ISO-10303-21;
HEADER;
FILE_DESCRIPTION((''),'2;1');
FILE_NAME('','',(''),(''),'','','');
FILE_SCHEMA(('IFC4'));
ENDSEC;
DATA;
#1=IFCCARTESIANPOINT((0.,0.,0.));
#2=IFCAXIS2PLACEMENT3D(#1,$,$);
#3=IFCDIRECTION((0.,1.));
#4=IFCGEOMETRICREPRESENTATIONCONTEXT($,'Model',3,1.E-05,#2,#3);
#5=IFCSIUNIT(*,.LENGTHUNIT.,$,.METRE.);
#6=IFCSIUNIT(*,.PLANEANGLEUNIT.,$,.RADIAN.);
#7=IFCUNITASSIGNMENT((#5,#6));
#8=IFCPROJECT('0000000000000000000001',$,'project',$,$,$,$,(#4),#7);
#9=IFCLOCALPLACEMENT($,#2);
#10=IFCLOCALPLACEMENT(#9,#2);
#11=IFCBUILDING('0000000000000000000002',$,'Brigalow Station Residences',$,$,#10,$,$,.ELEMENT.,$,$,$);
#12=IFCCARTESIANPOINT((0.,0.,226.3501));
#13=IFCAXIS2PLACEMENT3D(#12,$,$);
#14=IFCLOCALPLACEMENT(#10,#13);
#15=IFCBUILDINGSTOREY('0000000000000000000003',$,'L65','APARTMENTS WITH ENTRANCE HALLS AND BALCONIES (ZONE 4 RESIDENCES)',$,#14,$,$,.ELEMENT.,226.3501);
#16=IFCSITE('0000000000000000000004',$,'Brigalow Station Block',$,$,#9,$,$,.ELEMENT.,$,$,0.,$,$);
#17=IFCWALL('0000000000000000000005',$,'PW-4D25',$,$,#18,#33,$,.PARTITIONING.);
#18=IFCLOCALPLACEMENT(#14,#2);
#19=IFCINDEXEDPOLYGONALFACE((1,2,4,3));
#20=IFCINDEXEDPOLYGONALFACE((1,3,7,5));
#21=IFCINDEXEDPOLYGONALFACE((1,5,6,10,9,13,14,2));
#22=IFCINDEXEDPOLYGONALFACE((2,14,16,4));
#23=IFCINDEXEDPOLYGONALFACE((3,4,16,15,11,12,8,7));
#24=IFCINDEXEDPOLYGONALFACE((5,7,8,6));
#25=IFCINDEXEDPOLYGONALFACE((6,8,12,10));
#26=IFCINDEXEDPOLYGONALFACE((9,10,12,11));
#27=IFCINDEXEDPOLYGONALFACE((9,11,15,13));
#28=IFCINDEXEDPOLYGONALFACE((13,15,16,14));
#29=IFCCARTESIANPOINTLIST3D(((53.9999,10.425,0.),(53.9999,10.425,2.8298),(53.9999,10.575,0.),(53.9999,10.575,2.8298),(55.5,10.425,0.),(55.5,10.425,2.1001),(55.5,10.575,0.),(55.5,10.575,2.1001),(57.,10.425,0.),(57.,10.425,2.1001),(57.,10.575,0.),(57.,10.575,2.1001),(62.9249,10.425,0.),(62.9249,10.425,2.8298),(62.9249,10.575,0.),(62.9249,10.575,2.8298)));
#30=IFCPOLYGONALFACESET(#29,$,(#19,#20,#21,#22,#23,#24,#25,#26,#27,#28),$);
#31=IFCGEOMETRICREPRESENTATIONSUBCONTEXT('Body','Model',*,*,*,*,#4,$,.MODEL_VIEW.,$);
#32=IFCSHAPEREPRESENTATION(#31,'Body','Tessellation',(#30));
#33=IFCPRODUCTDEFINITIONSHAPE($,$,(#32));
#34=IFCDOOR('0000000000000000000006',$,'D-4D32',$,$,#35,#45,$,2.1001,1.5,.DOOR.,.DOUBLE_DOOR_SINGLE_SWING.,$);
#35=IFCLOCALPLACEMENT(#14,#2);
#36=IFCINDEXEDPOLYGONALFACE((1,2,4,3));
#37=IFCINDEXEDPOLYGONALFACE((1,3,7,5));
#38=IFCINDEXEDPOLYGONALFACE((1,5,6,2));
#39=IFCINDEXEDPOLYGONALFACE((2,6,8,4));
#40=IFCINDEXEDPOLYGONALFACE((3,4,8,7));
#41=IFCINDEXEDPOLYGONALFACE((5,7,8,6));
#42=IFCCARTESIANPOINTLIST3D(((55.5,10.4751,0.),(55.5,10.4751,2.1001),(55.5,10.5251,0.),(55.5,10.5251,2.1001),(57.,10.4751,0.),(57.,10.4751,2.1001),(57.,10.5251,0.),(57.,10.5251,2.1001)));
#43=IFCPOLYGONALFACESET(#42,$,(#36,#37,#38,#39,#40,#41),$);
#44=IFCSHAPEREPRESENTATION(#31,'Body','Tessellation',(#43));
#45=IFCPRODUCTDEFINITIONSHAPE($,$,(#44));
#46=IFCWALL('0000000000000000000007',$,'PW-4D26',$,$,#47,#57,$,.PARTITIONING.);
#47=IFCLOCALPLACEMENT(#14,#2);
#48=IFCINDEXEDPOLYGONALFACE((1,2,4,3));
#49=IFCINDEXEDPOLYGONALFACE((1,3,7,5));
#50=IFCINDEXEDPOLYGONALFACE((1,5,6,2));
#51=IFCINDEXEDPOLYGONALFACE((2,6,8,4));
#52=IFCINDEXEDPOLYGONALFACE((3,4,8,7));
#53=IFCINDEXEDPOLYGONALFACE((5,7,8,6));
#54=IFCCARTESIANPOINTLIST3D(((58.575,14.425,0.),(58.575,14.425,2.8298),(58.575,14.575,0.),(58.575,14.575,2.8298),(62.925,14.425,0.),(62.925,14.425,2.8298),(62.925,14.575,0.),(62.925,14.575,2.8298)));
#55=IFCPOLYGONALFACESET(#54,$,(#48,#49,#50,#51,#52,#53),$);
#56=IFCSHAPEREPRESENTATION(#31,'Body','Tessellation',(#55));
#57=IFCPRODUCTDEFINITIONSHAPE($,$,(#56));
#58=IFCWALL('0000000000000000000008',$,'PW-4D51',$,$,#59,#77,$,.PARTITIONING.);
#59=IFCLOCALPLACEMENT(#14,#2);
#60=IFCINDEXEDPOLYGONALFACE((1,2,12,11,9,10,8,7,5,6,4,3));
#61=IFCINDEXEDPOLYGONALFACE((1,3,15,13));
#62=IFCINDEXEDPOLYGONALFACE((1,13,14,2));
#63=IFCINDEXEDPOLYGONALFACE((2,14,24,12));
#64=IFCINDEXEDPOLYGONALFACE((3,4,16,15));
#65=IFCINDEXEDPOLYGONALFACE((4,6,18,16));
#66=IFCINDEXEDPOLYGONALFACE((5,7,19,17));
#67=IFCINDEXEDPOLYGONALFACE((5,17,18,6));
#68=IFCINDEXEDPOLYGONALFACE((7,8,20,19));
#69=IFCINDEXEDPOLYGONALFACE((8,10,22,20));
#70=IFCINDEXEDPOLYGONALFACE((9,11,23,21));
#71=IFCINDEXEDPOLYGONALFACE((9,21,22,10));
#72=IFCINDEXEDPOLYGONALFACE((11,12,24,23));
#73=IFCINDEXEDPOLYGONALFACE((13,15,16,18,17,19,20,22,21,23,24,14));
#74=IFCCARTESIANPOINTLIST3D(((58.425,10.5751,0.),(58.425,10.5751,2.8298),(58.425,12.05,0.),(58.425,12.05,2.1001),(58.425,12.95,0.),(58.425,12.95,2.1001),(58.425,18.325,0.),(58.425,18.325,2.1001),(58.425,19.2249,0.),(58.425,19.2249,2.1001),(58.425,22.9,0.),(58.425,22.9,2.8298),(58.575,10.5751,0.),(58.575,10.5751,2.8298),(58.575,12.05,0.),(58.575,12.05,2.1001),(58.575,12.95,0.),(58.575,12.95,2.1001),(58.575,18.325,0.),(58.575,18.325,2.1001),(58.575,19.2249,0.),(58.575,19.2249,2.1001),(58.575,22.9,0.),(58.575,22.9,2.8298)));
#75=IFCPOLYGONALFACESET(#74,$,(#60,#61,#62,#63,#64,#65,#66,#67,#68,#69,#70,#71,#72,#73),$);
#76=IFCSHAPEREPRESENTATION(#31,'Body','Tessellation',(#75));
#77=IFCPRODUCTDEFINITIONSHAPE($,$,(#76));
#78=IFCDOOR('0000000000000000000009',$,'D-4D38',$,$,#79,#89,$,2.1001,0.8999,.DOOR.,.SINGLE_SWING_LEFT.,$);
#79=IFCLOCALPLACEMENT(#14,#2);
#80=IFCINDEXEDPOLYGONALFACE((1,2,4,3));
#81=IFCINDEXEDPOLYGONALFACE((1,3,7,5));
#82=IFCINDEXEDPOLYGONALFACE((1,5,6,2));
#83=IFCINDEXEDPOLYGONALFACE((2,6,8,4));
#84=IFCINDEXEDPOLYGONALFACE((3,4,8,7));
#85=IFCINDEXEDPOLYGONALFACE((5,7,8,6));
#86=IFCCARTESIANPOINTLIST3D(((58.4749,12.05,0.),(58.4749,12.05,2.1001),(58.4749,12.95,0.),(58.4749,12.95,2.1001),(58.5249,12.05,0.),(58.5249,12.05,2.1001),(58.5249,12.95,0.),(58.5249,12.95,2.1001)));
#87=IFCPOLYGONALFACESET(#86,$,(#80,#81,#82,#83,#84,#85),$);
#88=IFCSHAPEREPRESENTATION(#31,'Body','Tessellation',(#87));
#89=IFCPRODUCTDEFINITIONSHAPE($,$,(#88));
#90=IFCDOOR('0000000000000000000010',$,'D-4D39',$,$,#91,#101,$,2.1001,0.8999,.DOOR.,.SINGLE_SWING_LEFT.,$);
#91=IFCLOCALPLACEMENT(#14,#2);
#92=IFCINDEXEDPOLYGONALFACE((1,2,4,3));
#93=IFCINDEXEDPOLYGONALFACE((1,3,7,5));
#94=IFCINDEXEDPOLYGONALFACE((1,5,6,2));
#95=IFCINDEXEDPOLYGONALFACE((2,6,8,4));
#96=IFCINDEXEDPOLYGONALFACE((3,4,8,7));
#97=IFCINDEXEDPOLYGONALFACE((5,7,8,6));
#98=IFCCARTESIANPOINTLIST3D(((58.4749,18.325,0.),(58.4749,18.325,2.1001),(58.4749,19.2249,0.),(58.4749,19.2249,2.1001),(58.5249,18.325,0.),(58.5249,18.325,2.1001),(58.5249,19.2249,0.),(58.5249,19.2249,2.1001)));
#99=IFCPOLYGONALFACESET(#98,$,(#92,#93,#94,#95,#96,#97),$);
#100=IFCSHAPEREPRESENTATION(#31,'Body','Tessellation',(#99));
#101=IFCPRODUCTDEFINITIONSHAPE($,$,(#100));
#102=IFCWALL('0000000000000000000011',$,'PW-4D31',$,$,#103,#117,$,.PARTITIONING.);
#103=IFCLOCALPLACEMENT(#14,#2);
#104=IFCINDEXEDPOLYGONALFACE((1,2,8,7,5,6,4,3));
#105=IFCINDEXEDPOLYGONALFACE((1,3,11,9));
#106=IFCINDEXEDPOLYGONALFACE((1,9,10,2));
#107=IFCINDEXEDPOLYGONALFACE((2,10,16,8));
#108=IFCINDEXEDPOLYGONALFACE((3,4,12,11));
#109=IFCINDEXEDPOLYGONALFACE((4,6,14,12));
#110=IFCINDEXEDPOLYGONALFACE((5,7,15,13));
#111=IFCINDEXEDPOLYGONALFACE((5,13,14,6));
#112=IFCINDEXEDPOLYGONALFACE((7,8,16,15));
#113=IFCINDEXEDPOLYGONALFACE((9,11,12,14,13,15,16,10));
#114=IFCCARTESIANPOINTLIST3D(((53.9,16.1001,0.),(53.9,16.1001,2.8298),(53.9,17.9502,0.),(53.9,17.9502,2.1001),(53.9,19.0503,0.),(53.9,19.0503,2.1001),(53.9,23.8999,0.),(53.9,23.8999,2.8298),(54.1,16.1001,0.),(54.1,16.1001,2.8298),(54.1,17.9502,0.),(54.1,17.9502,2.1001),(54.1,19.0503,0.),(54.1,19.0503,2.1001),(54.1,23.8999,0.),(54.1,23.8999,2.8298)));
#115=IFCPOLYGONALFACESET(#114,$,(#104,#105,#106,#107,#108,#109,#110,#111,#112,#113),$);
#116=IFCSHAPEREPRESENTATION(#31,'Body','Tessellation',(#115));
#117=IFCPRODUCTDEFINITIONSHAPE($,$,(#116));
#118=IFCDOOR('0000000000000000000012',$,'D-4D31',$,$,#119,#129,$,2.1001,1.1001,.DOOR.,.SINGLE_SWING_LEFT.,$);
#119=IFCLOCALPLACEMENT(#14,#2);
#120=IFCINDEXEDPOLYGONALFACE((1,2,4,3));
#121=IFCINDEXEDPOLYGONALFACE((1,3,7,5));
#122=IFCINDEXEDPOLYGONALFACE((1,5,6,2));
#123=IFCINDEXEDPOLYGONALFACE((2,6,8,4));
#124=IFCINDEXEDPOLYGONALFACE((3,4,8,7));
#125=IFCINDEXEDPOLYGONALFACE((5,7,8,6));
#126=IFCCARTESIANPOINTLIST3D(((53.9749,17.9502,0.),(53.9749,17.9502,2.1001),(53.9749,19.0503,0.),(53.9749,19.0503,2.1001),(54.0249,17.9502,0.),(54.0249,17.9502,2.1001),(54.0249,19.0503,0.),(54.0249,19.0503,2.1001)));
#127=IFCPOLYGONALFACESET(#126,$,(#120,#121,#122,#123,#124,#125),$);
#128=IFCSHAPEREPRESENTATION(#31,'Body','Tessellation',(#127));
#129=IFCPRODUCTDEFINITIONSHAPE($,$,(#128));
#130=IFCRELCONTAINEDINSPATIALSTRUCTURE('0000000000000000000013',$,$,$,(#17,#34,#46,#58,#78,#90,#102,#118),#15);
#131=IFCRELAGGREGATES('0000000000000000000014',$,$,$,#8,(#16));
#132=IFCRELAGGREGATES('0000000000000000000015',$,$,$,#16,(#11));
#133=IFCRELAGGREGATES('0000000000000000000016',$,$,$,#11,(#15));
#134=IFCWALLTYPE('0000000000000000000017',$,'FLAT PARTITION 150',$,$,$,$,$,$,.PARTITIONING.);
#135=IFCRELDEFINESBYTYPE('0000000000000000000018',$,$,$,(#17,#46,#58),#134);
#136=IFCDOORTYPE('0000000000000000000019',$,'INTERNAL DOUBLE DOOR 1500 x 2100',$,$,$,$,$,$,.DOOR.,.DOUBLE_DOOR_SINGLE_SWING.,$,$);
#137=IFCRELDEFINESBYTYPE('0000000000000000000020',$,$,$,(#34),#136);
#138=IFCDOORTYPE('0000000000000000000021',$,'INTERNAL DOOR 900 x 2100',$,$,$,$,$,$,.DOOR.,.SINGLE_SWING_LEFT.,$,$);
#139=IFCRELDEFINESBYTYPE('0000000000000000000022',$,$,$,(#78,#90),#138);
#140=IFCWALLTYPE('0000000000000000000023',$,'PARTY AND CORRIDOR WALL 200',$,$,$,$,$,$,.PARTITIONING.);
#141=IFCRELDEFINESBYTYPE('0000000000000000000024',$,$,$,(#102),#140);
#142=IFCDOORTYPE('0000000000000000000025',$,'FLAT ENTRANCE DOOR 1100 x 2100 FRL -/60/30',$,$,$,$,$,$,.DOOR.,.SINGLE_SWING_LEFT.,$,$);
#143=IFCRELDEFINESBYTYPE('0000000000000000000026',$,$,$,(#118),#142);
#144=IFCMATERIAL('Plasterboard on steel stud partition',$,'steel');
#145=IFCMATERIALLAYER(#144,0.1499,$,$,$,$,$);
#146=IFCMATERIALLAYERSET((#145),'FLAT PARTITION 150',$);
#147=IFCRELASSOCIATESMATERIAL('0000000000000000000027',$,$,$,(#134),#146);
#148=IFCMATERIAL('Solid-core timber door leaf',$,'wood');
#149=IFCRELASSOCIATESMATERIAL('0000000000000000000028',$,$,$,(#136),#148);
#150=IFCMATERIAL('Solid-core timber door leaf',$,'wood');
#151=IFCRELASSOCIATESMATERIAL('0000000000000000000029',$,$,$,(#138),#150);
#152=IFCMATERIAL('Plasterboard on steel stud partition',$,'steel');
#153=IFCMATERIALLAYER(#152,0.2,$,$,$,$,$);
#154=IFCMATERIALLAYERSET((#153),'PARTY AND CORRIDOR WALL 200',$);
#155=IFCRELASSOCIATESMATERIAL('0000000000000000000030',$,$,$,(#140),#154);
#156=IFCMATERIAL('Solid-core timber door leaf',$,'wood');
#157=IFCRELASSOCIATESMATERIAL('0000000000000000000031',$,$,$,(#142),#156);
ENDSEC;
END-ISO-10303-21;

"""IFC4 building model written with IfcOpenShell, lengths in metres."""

from ifc_helpers import new_model, si_unit, direction, frame, frame_2d, origin, place, context, subcontext, project, spatial, rectangle, extrude, material, layer, layer_set, type_object, element, fill, save


model = new_model("IFC4")

# Units and contexts
model_context = context("Model", 3, precision=1e-05, world=origin(), true_north=direction((0.0, 1.0)))
body_context = subcontext(model_context, "Body", "Model", "MODEL_VIEW")
ifc_project = project(units=[si_unit("LENGTHUNIT", "METRE"), si_unit("PLANEANGLEUNIT", "RADIAN")], contexts=[model_context])

# Site, building, storey
site_placement = place(None, origin())
site = spatial("IfcSite", under=ifc_project, at=site_placement, Name="Brigalow Station Block", CompositionType="ELEMENT", RefElevation=0.0)
building_placement = place(site_placement, origin())
building = spatial("IfcBuilding", under=site, at=building_placement, Name="Brigalow Station Residences", CompositionType="ELEMENT")
storey_placement = place(building_placement, frame((0.0, 0.0, 226.3501)))
storey = spatial("IfcBuildingStorey", under=building, at=storey_placement, Name="L65", Description="APARTMENTS WITH ENTRANCE HALLS AND BALCONIES (ZONE 4 RESIDENCES)", CompositionType="ELEMENT", Elevation=226.3501)

# Shared definitions
ifc_material_1 = material(Name="Plasterboard on steel stud partition", Category="steel")
ifc_layer_1 = layer(ifc_material_1, 0.1499)
ifc_layer_set_1 = layer_set([ifc_layer_1], Name="FLAT PARTITION 150")
wall_type_1 = type_object("IfcWallType", Name="FLAT PARTITION 150", PredefinedType="PARTITIONING", material=ifc_layer_set_1)

# Wall, opening, door
wall_1_placement = place(storey_placement, frame((54.0, 10.5, 0.0), z_axis=(0.0, 0.0, 1.0), x_axis=(1.0, 0.0, 0.0)))
wall_1 = element("IfcWall", 1, at=wall_1_placement, inside=storey, type_object=wall_type_1, Name="PW-4D25", PredefinedType="PARTITIONING", context=body_context, shape_type="SweptSolid", body=[
    extrude(rectangle(XDim=8.925, YDim=0.1499, at=frame_2d((4.4624, 0.0))), origin(), (0.0, 0.0, 1.0), 2.8298),
])
opening_1_placement = place(wall_1_placement, frame((1.5, 0.0, 0.0)))
opening_1 = element("IfcOpeningElement", 2, at=opening_1_placement, cuts=wall_1, PredefinedType="OPENING", context=body_context, shape_type="SweptSolid", body=[
    extrude(rectangle(XDim=1.5, YDim=2.1001, at=frame_2d((0.75, 1.05))), frame((0.0, 0.085, 0.0), z_axis=(0.0, -1.0, 0.0), x_axis=(1.0, 0.0, 0.0)), (0.0, 0.0, 1.0), 0.1699),
])
ifc_material_2 = material(Name="Solid-core timber door leaf", Category="wood")
door_type_1 = type_object("IfcDoorType", Name="INTERNAL DOUBLE DOOR 1500 x 2100", OperationType="DOUBLE_DOOR_SINGLE_SWING", PredefinedType="DOOR", material=ifc_material_2)
door_1_placement = place(opening_1_placement, frame((1.5, 0.0, 0.0), z_axis=(0.0, 0.0, 1.0), x_axis=(-1.0, 0.0, 0.0)))
door_1 = element("IfcDoor", 3, at=door_1_placement, inside=storey, type_object=door_type_1, Name="D-4D32", OperationType="DOUBLE_DOOR_SINGLE_SWING", OverallHeight=2.1001, OverallWidth=1.5, PredefinedType="DOOR", context=body_context, shape_type="SweptSolid", body=[
    extrude(rectangle(XDim=1.5, YDim=2.1001, at=frame_2d((0.75, 1.05))), frame((0.0, 0.0249, 0.0), z_axis=(0.0, -1.0, 0.0), x_axis=(1.0, 0.0, 0.0)), (0.0, 0.0, 1.0), 0.05),
])
fill(opening_1, door_1)

# Wall
wall_2_placement = place(storey_placement, frame((58.575, 14.5, 0.0), z_axis=(0.0, 0.0, 1.0), x_axis=(1.0, 0.0, 0.0)))
element("IfcWall", 4, at=wall_2_placement, inside=storey, type_object=wall_type_1, Name="PW-4D26", PredefinedType="PARTITIONING", context=body_context, shape_type="SweptSolid", body=[
    extrude(rectangle(XDim=4.3501, YDim=0.1499, at=frame_2d((2.175, 0.0))), origin(), (0.0, 0.0, 1.0), 2.8298),
])

# Wall, openings, doors
wall_3_placement = place(storey_placement, frame((58.5, 10.575, 0.0), z_axis=(0.0, 0.0, 1.0), x_axis=(0.0, 1.0, 0.0)))
wall_3 = element("IfcWall", 5, at=wall_3_placement, inside=storey, type_object=wall_type_1, Name="PW-4D51", PredefinedType="PARTITIONING", context=body_context, shape_type="SweptSolid", body=[
    extrude(rectangle(XDim=12.325, YDim=0.1499, at=frame_2d((6.1626, 0.0))), origin(), (0.0, 0.0, 1.0), 2.8298),
])
opening_2_placement = place(wall_3_placement, frame((1.4751, 0.0, 0.0)))
opening_2 = element("IfcOpeningElement", 6, at=opening_2_placement, cuts=wall_3, PredefinedType="OPENING", context=body_context, shape_type="SweptSolid", body=[
    extrude(rectangle(XDim=0.8999, YDim=2.1001, at=frame_2d((0.45, 1.05))), frame((0.0, 0.085, 0.0), z_axis=(0.0, -1.0, 0.0), x_axis=(1.0, 0.0, 0.0)), (0.0, 0.0, 1.0), 0.1699),
])
opening_3_placement = place(wall_3_placement, frame((7.75, 0.0, 0.0)))
opening_3 = element("IfcOpeningElement", 7, at=opening_3_placement, cuts=wall_3, PredefinedType="OPENING", context=body_context, shape_type="SweptSolid", body=[
    extrude(rectangle(XDim=0.8999, YDim=2.1001, at=frame_2d((0.45, 1.05))), frame((0.0, 0.085, 0.0), z_axis=(0.0, -1.0, 0.0), x_axis=(1.0, 0.0, 0.0)), (0.0, 0.0, 1.0), 0.1699),
])
ifc_material_3 = material(Name="Solid-core timber door leaf", Category="wood")
door_type_2 = type_object("IfcDoorType", Name="INTERNAL DOOR 900 x 2100", OperationType="SINGLE_SWING_LEFT", PredefinedType="DOOR", material=ifc_material_3)
door_2_placement = place(opening_2_placement, frame((0.8999, 0.0, 0.0), z_axis=(0.0, 0.0, 1.0), x_axis=(-1.0, 0.0, 0.0)))
door_2 = element("IfcDoor", 8, at=door_2_placement, inside=storey, type_object=door_type_2, Name="D-4D38", OperationType="SINGLE_SWING_LEFT", OverallHeight=2.1001, OverallWidth=0.8999, PredefinedType="DOOR", context=body_context, shape_type="SweptSolid", body=[
    extrude(rectangle(XDim=0.8999, YDim=2.1001, at=frame_2d((0.45, 1.05))), frame((0.0, 0.0249, 0.0), z_axis=(0.0, -1.0, 0.0), x_axis=(1.0, 0.0, 0.0)), (0.0, 0.0, 1.0), 0.05),
])
fill(opening_2, door_2)
door_3_placement = place(opening_3_placement, frame((0.8999, 0.0, 0.0), z_axis=(0.0, 0.0, 1.0), x_axis=(-1.0, 0.0, 0.0)))
door_3 = element("IfcDoor", 9, at=door_3_placement, inside=storey, type_object=door_type_2, Name="D-4D39", OperationType="SINGLE_SWING_LEFT", OverallHeight=2.1001, OverallWidth=0.8999, PredefinedType="DOOR", context=body_context, shape_type="SweptSolid", body=[
    extrude(rectangle(XDim=0.8999, YDim=2.1001, at=frame_2d((0.45, 1.05))), frame((0.0, 0.0249, 0.0), z_axis=(0.0, -1.0, 0.0), x_axis=(1.0, 0.0, 0.0)), (0.0, 0.0, 1.0), 0.05),
])
fill(opening_3, door_3)

# Wall, opening, door
ifc_material_4 = material(Name="Plasterboard on steel stud partition", Category="steel")
ifc_layer_2 = layer(ifc_material_4, 0.2)
ifc_layer_set_2 = layer_set([ifc_layer_2], Name="PARTY AND CORRIDOR WALL 200")
wall_type_2 = type_object("IfcWallType", Name="PARTY AND CORRIDOR WALL 200", PredefinedType="PARTITIONING", material=ifc_layer_set_2)
wall_4_placement = place(storey_placement, frame((54.0, 16.1001, 0.0), z_axis=(0.0, 0.0, 1.0), x_axis=(0.0, 1.0, 0.0)))
wall_4 = element("IfcWall", 10, at=wall_4_placement, inside=storey, type_object=wall_type_2, Name="PW-4D31", PredefinedType="PARTITIONING", context=body_context, shape_type="SweptSolid", body=[
    extrude(rectangle(XDim=7.7998, YDim=0.2, at=frame_2d((3.8999, 0.0))), origin(), (0.0, 0.0, 1.0), 2.8298),
])
opening_4_placement = place(wall_4_placement, frame((1.8501, 0.0, 0.0)))
opening_4 = element("IfcOpeningElement", 11, at=opening_4_placement, cuts=wall_4, PredefinedType="OPENING", context=body_context, shape_type="SweptSolid", body=[
    extrude(rectangle(XDim=1.1001, YDim=2.1001, at=frame_2d((0.55, 1.05))), frame((0.0, 0.1099, 0.0), z_axis=(0.0, -1.0, 0.0), x_axis=(1.0, 0.0, 0.0)), (0.0, 0.0, 1.0), 0.22),
])
ifc_material_5 = material(Name="Solid-core timber door leaf", Category="wood")
door_type_3 = type_object("IfcDoorType", Name="FLAT ENTRANCE DOOR 1100 x 2100 FRL -/60/30", OperationType="SINGLE_SWING_LEFT", PredefinedType="DOOR", material=ifc_material_5)
door_4_placement = place(opening_4_placement, frame((1.1001, 0.0, 0.0), z_axis=(0.0, 0.0, 1.0), x_axis=(-1.0, 0.0, 0.0)))
door_4 = element("IfcDoor", 12, at=door_4_placement, inside=storey, type_object=door_type_3, Name="D-4D31", OperationType="SINGLE_SWING_LEFT", OverallHeight=2.1001, OverallWidth=1.1001, PredefinedType="DOOR", context=body_context, shape_type="SweptSolid", body=[
    extrude(rectangle(XDim=1.1001, YDim=2.1001, at=frame_2d((0.55, 1.05))), frame((0.0, 0.0249, 0.0), z_axis=(0.0, -1.0, 0.0), x_axis=(1.0, 0.0, 0.0)), (0.0, 0.0, 1.0), 0.05),
])
fill(opening_4, door_4)

save(model, "model.ifc")
